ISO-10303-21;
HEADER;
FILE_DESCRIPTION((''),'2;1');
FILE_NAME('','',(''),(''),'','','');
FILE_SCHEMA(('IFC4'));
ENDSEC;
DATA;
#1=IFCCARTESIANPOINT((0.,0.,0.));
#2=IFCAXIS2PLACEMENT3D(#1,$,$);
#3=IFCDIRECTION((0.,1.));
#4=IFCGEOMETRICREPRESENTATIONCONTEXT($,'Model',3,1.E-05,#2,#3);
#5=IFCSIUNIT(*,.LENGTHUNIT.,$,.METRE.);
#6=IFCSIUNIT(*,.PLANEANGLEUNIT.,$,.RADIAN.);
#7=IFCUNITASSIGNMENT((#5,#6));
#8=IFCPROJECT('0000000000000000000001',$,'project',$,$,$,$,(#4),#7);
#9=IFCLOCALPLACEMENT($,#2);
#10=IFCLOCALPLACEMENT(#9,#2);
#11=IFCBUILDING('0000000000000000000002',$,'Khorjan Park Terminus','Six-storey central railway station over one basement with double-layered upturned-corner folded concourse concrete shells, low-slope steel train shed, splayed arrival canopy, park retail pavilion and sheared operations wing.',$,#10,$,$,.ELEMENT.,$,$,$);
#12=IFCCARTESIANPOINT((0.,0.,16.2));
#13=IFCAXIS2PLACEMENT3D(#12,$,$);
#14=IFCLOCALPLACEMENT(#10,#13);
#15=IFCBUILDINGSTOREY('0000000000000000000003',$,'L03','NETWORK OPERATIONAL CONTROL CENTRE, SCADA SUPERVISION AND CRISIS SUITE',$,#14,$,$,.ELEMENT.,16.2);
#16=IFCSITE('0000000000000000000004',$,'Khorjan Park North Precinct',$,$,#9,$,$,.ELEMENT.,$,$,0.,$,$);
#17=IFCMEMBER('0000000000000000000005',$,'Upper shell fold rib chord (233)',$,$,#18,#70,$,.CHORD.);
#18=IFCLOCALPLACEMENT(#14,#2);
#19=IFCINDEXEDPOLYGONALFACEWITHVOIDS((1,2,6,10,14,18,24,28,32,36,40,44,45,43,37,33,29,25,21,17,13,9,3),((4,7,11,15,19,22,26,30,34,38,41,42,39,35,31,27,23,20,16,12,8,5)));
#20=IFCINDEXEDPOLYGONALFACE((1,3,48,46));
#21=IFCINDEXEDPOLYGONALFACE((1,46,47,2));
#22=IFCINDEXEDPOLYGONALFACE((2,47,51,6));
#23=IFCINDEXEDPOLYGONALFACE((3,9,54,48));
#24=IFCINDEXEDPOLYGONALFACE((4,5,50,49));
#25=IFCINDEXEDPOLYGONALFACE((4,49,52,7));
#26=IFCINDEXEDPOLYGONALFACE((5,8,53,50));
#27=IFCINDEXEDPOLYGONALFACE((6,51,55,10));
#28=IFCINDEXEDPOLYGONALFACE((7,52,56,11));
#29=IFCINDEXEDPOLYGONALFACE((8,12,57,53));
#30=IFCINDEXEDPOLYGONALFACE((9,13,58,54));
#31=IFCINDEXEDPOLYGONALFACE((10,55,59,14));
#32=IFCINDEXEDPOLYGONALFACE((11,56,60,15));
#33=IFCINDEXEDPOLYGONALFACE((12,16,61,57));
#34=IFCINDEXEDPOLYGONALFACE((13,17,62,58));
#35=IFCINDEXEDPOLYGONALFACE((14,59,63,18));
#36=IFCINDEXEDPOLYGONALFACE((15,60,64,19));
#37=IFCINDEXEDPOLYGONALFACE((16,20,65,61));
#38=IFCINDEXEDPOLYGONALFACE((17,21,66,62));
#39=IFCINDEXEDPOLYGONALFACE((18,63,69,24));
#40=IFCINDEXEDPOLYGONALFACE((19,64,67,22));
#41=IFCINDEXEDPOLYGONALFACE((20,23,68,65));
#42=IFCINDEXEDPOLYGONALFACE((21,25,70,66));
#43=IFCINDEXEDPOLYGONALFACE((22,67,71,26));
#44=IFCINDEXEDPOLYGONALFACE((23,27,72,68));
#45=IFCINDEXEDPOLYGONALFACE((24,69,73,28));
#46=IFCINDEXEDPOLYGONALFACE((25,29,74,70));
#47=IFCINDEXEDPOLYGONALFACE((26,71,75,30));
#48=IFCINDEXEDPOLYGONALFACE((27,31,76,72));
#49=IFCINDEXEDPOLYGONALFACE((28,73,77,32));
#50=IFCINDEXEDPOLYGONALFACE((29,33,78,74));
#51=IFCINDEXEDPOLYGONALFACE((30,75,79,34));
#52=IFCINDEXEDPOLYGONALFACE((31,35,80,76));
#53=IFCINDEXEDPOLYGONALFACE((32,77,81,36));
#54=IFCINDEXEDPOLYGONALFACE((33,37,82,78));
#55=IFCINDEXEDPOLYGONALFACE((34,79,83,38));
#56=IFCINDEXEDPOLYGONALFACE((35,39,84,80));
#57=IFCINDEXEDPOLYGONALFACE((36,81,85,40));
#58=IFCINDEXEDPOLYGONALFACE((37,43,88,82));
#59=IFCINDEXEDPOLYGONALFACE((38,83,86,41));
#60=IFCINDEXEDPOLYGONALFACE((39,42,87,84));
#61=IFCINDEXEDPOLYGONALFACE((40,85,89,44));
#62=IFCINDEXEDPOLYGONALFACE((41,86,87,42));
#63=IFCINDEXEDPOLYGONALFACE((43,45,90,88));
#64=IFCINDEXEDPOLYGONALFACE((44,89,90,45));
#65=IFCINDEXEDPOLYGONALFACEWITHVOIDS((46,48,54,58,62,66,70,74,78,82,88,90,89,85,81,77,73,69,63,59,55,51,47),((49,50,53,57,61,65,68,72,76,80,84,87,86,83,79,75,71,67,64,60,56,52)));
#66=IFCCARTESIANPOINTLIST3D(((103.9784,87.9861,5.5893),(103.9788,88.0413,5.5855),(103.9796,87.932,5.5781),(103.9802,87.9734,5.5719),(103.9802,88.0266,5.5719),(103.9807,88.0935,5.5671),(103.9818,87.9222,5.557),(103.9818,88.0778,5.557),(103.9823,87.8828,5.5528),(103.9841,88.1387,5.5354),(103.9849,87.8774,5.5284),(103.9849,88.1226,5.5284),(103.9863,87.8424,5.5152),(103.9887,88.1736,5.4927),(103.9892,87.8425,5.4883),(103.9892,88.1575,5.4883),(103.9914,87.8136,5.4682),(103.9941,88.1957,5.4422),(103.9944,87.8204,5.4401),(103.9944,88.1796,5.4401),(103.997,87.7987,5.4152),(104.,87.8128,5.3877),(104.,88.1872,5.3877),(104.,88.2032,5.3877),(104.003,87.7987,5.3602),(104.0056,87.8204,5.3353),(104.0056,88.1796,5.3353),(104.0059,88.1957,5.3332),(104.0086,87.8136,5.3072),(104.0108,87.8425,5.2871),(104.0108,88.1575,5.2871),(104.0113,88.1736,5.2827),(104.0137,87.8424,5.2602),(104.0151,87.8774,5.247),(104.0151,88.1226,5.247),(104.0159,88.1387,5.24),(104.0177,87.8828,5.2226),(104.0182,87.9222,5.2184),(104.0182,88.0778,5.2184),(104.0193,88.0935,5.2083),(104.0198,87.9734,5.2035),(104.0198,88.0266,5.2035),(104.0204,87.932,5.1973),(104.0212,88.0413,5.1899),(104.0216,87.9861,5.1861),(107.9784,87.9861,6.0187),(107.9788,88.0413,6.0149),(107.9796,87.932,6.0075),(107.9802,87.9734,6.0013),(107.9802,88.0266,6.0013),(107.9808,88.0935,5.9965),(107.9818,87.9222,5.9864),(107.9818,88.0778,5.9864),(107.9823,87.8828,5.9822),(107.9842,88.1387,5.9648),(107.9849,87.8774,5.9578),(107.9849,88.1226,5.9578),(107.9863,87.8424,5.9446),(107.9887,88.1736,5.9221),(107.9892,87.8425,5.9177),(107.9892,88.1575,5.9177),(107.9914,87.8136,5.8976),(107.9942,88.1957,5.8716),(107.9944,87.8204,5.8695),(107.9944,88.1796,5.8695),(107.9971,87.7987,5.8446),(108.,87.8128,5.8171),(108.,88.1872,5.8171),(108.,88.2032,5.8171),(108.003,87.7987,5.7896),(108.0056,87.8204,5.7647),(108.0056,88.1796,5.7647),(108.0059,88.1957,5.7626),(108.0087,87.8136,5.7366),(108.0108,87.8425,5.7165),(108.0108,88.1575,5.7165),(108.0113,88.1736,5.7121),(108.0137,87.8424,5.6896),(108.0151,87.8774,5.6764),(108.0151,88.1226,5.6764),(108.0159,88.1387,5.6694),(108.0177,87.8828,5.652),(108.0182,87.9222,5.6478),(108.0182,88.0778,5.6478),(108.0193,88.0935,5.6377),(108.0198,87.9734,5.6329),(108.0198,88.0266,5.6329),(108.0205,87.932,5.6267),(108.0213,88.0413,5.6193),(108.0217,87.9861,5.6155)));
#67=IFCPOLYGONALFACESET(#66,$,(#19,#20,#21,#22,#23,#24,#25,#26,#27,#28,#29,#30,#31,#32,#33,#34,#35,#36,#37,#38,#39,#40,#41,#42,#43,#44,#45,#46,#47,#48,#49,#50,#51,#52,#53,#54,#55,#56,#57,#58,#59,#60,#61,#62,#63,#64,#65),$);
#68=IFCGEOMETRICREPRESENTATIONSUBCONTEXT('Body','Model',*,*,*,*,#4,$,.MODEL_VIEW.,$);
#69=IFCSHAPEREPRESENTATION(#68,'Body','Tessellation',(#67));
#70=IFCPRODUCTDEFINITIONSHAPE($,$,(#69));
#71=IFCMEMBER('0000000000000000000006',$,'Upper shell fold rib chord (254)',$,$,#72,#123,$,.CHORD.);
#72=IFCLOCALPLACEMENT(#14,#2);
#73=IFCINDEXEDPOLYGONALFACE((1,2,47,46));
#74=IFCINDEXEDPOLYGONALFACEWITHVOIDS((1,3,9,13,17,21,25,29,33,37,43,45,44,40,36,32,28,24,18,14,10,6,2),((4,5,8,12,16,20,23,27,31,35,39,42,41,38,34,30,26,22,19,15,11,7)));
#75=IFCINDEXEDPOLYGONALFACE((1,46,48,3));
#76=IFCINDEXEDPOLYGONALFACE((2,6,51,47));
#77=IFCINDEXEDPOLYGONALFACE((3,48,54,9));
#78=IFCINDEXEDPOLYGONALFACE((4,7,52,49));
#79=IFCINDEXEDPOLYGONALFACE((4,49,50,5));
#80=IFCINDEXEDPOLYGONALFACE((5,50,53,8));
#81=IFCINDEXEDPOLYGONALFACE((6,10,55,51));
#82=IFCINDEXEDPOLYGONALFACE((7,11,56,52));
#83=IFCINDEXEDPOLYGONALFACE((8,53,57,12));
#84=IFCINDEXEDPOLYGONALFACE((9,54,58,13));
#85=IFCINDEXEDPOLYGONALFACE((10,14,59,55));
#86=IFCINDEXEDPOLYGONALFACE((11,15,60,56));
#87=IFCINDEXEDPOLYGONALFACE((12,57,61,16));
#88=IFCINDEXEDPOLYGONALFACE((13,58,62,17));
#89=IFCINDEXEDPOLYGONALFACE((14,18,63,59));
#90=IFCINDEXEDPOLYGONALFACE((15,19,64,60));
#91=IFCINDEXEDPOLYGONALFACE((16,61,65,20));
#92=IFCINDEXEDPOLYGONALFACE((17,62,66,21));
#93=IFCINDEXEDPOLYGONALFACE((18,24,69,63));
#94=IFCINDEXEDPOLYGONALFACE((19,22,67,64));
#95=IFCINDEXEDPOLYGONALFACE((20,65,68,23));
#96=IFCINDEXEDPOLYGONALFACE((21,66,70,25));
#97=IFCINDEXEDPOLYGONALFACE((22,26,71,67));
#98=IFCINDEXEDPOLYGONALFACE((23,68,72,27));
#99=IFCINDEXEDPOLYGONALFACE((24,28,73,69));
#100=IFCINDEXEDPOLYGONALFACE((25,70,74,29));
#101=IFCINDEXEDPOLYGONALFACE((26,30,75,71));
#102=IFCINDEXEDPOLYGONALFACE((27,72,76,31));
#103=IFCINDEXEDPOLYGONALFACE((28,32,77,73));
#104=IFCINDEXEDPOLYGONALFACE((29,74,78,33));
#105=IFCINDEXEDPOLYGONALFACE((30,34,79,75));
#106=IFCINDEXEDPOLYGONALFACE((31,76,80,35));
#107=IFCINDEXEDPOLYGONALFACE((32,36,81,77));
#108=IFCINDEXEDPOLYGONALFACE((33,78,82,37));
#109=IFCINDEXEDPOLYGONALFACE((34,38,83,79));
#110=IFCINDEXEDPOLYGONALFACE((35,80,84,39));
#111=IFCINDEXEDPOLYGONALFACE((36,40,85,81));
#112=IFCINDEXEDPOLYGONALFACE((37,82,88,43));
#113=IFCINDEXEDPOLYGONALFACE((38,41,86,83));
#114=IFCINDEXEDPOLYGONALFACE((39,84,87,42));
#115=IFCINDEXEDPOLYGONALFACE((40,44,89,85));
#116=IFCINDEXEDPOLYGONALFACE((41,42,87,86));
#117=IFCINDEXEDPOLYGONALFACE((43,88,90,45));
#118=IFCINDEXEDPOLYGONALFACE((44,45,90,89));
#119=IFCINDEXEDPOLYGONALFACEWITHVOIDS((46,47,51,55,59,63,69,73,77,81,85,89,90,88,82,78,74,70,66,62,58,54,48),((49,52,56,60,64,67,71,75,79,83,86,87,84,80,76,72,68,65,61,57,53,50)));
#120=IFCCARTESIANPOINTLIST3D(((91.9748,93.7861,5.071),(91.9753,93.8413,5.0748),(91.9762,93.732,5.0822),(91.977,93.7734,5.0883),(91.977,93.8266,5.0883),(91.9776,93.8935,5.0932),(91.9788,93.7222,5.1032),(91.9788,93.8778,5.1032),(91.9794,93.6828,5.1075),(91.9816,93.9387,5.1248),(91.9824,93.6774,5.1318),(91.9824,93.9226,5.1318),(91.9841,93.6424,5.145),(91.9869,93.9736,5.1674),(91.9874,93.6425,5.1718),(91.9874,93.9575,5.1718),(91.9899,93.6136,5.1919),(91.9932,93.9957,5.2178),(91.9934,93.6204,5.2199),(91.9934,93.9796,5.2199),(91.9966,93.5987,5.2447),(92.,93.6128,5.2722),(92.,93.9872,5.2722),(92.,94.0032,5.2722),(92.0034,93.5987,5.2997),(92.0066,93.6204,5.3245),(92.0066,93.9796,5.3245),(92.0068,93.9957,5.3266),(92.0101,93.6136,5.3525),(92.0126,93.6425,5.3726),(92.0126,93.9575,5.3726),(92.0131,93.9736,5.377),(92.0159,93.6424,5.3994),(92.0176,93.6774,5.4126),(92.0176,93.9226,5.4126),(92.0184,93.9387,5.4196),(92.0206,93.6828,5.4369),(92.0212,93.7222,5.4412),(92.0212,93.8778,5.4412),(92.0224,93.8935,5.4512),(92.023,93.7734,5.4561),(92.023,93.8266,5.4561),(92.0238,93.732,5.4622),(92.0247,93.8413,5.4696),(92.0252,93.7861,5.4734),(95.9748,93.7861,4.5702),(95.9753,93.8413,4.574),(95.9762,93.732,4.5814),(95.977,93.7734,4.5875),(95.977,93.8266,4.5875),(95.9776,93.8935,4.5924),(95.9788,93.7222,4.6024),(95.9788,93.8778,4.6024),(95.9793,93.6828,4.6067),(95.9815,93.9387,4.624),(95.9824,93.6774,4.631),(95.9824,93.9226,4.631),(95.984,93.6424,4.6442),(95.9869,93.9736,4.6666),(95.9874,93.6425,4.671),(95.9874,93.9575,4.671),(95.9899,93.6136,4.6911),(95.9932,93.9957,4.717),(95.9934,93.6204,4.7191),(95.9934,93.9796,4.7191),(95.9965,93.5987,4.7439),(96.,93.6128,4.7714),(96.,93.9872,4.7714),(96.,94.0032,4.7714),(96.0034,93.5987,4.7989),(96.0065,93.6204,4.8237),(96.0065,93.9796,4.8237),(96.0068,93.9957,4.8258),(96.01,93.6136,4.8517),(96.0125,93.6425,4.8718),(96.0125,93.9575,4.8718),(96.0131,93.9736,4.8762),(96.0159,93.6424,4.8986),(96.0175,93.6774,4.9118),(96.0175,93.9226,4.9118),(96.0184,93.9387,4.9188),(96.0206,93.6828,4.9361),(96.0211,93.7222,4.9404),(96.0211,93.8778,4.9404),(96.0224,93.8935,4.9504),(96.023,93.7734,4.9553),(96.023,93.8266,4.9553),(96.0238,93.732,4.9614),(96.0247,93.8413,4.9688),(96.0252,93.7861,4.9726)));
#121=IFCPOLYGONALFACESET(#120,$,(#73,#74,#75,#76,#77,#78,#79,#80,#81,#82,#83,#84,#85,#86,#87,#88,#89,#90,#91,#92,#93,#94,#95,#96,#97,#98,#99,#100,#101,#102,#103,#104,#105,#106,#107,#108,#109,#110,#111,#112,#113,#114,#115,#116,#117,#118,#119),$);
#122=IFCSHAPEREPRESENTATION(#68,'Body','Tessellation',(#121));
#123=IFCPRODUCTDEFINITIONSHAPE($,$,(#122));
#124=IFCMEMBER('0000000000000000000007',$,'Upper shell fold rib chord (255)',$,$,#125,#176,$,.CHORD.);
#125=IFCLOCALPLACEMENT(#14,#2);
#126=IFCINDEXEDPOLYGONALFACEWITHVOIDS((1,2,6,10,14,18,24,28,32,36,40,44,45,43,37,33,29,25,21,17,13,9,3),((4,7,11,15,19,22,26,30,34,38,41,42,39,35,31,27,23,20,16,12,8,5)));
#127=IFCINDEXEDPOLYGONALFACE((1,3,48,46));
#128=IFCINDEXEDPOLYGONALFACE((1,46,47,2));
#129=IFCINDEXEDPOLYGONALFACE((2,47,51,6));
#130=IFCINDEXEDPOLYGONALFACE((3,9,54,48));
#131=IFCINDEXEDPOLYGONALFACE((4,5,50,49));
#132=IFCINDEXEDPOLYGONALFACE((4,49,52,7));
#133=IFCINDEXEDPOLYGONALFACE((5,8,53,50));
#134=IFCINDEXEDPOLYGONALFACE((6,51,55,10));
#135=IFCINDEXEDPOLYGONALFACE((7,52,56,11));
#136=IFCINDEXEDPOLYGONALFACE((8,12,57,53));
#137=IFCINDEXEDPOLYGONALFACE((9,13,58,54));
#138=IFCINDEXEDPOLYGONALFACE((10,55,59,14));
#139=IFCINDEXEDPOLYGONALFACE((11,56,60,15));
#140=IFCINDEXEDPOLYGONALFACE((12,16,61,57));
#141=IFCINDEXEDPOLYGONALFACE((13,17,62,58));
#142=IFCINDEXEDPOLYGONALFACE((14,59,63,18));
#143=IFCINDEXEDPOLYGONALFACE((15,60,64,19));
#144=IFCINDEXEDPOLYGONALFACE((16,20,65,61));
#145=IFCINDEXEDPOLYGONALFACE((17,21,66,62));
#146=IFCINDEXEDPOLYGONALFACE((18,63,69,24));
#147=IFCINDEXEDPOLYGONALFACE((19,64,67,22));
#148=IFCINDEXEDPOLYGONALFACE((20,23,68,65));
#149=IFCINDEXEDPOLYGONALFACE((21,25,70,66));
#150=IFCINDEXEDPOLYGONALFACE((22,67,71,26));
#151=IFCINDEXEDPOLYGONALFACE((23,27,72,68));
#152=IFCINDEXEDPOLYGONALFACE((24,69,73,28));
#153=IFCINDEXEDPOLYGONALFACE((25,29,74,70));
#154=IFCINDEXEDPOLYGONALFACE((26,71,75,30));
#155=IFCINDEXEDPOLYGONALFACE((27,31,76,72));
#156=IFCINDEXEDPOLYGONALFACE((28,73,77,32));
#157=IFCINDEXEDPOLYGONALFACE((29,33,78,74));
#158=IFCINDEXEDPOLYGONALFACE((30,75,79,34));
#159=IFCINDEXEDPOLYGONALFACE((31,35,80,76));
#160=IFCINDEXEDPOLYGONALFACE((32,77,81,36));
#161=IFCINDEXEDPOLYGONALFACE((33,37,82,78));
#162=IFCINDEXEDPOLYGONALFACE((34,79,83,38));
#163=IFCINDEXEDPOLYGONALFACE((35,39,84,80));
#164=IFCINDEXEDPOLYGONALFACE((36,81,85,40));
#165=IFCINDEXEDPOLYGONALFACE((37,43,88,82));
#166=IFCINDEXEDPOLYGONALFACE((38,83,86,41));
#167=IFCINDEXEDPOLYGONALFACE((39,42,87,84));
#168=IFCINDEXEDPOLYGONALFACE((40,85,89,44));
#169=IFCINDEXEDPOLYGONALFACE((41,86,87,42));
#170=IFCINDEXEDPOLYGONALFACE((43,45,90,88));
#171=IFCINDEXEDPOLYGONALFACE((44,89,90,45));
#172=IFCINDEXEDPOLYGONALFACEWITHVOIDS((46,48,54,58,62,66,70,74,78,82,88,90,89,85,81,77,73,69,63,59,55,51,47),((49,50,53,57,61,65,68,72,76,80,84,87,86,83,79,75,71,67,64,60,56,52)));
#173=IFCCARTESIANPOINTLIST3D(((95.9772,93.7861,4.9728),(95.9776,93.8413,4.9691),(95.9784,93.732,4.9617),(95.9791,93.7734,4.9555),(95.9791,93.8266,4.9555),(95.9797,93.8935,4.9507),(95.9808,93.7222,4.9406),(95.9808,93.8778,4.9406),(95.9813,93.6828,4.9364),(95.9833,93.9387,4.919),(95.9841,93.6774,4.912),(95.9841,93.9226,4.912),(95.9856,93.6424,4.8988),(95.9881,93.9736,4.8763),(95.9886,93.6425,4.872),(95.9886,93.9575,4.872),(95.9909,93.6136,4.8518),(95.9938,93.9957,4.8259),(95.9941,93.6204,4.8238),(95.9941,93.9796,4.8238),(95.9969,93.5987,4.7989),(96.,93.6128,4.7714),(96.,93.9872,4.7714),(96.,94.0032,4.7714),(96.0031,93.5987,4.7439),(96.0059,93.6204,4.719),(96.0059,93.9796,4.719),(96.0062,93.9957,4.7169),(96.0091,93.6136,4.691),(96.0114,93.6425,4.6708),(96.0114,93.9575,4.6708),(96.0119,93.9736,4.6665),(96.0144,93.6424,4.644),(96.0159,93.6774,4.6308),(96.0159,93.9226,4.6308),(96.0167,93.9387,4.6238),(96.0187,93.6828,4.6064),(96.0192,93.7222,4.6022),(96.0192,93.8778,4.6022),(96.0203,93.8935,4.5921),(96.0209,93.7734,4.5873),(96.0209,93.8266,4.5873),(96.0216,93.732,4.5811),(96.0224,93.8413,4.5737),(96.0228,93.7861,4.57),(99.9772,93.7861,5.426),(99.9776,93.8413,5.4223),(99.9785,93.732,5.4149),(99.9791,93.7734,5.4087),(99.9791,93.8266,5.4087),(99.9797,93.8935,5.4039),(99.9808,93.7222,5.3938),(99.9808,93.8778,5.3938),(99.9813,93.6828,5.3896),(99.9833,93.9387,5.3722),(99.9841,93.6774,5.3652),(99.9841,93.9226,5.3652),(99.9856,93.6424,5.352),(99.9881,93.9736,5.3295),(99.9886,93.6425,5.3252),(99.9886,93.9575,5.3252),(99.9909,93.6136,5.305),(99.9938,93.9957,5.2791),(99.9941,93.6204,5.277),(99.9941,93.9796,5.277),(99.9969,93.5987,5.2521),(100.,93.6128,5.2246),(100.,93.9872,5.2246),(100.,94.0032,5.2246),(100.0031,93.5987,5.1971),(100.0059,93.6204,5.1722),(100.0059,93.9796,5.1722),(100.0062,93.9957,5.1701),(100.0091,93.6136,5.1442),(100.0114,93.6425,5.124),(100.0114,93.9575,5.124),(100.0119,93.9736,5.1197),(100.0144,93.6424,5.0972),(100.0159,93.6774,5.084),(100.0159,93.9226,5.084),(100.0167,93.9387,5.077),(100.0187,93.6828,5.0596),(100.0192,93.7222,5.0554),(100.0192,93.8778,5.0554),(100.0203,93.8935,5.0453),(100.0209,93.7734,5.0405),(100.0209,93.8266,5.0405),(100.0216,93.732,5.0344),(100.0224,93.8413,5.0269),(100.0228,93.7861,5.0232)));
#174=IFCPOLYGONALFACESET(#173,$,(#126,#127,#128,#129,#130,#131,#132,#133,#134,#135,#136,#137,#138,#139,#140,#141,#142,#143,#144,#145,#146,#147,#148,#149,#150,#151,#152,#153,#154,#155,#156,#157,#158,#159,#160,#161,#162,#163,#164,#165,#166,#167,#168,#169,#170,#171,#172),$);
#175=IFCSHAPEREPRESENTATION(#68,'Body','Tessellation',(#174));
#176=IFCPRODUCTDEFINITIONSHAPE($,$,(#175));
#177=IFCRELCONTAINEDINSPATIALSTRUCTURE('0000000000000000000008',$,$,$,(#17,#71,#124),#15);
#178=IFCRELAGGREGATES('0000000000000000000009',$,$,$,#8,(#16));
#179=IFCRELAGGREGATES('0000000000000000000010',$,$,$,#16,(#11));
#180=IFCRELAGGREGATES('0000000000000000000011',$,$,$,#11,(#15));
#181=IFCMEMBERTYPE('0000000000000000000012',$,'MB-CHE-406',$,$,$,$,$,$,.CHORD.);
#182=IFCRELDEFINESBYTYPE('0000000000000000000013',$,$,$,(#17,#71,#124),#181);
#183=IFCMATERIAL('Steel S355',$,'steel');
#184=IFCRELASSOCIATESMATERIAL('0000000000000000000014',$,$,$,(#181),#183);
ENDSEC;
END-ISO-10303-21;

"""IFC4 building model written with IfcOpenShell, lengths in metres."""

from ifc_helpers import new_model, si_unit, direction, frame, origin, origin_2d, place, context, subcontext, project, spatial, hollow_circle, extrude, material, material_profile, profile_set, type_object, element, save


model = new_model("IFC4")

# Units and contexts
model_context = context("Model", 3, precision=1e-05, world=origin(), true_north=direction((0.0, 1.0)))
body_context = subcontext(model_context, "Body", "Model", "MODEL_VIEW")
ifc_project = project(units=[si_unit("LENGTHUNIT", "METRE"), si_unit("PLANEANGLEUNIT", "RADIAN")], contexts=[model_context])

# Site, building, storey
site_placement = place(None, origin())
site = spatial("IfcSite", under=ifc_project, at=site_placement, Name="Khorjan Park North Precinct", CompositionType="ELEMENT", RefElevation=0.0)
building_placement = place(site_placement, origin())
building = spatial("IfcBuilding", under=site, at=building_placement, Name="Khorjan Park Terminus", Description="Six-storey central railway station over one basement with double-layered upturned-corner folded concourse concrete shells, low-slope steel train shed, splayed arrival canopy, park retail pavilion and sheared operations wing.", CompositionType="ELEMENT")
storey_placement = place(building_placement, frame((0.0, 0.0, 16.2)))
storey = spatial("IfcBuildingStorey", under=building, at=storey_placement, Name="L03", Description="NETWORK OPERATIONAL CONTROL CENTRE, SCADA SUPERVISION AND CRISIS SUITE", CompositionType="ELEMENT", Elevation=16.2)

# Members
ifc_material_1 = material(Name="Steel S355", Category="steel")
ifc_material_profile_1 = material_profile(ifc_material_1, hollow_circle(Radius=0.2032, WallThickness=0.016, at=origin_2d()), Name="CHS 406.4x16")
ifc_profile_set_1 = profile_set([ifc_material_profile_1], Name="Steel S355")
member_type_1 = type_object("IfcMemberType", Name="MB-CHE-406", PredefinedType="CHORD", material=ifc_profile_set_1)
member_1_placement = place(storey_placement, frame((104.0, 88.0, 5.3877), z_axis=(0.994287, 0.0, 0.106737), x_axis=(0.0, 1.0, 0.0)))
element("IfcMember", 1, at=member_1_placement, inside=storey, type_object=member_type_1, Name="Upper shell fold rib chord (233)", PredefinedType="CHORD", context=body_context, shape_type="SweptSolid", body=[
    extrude(hollow_circle(Radius=0.2032, WallThickness=0.016, at=origin_2d()), origin(), (0.0, 0.0, 1.0), 4.023),
])
member_2_placement = place(storey_placement, frame((92.0, 93.8, 5.2722), z_axis=(0.992253, 0.0, -0.12423), x_axis=(0.0, 1.0, 0.0)))
element("IfcMember", 2, at=member_2_placement, inside=storey, type_object=member_type_1, Name="Upper shell fold rib chord (254)", PredefinedType="CHORD", context=body_context, shape_type="SweptSolid", body=[
    extrude(hollow_circle(Radius=0.2032, WallThickness=0.016, at=origin_2d()), origin(), (0.0, 0.0, 1.0), 4.0312),
])
member_3_placement = place(storey_placement, frame((96.0, 93.8, 4.7714), z_axis=(0.993643, 0.0, 0.11258), x_axis=(0.0, 1.0, 0.0)))
element("IfcMember", 3, at=member_3_placement, inside=storey, type_object=member_type_1, Name="Upper shell fold rib chord (255)", PredefinedType="CHORD", context=body_context, shape_type="SweptSolid", body=[
    extrude(hollow_circle(Radius=0.2032, WallThickness=0.016, at=origin_2d()), origin(), (0.0, 0.0, 1.0), 4.0256),
])

save(model, "model.ifc")
